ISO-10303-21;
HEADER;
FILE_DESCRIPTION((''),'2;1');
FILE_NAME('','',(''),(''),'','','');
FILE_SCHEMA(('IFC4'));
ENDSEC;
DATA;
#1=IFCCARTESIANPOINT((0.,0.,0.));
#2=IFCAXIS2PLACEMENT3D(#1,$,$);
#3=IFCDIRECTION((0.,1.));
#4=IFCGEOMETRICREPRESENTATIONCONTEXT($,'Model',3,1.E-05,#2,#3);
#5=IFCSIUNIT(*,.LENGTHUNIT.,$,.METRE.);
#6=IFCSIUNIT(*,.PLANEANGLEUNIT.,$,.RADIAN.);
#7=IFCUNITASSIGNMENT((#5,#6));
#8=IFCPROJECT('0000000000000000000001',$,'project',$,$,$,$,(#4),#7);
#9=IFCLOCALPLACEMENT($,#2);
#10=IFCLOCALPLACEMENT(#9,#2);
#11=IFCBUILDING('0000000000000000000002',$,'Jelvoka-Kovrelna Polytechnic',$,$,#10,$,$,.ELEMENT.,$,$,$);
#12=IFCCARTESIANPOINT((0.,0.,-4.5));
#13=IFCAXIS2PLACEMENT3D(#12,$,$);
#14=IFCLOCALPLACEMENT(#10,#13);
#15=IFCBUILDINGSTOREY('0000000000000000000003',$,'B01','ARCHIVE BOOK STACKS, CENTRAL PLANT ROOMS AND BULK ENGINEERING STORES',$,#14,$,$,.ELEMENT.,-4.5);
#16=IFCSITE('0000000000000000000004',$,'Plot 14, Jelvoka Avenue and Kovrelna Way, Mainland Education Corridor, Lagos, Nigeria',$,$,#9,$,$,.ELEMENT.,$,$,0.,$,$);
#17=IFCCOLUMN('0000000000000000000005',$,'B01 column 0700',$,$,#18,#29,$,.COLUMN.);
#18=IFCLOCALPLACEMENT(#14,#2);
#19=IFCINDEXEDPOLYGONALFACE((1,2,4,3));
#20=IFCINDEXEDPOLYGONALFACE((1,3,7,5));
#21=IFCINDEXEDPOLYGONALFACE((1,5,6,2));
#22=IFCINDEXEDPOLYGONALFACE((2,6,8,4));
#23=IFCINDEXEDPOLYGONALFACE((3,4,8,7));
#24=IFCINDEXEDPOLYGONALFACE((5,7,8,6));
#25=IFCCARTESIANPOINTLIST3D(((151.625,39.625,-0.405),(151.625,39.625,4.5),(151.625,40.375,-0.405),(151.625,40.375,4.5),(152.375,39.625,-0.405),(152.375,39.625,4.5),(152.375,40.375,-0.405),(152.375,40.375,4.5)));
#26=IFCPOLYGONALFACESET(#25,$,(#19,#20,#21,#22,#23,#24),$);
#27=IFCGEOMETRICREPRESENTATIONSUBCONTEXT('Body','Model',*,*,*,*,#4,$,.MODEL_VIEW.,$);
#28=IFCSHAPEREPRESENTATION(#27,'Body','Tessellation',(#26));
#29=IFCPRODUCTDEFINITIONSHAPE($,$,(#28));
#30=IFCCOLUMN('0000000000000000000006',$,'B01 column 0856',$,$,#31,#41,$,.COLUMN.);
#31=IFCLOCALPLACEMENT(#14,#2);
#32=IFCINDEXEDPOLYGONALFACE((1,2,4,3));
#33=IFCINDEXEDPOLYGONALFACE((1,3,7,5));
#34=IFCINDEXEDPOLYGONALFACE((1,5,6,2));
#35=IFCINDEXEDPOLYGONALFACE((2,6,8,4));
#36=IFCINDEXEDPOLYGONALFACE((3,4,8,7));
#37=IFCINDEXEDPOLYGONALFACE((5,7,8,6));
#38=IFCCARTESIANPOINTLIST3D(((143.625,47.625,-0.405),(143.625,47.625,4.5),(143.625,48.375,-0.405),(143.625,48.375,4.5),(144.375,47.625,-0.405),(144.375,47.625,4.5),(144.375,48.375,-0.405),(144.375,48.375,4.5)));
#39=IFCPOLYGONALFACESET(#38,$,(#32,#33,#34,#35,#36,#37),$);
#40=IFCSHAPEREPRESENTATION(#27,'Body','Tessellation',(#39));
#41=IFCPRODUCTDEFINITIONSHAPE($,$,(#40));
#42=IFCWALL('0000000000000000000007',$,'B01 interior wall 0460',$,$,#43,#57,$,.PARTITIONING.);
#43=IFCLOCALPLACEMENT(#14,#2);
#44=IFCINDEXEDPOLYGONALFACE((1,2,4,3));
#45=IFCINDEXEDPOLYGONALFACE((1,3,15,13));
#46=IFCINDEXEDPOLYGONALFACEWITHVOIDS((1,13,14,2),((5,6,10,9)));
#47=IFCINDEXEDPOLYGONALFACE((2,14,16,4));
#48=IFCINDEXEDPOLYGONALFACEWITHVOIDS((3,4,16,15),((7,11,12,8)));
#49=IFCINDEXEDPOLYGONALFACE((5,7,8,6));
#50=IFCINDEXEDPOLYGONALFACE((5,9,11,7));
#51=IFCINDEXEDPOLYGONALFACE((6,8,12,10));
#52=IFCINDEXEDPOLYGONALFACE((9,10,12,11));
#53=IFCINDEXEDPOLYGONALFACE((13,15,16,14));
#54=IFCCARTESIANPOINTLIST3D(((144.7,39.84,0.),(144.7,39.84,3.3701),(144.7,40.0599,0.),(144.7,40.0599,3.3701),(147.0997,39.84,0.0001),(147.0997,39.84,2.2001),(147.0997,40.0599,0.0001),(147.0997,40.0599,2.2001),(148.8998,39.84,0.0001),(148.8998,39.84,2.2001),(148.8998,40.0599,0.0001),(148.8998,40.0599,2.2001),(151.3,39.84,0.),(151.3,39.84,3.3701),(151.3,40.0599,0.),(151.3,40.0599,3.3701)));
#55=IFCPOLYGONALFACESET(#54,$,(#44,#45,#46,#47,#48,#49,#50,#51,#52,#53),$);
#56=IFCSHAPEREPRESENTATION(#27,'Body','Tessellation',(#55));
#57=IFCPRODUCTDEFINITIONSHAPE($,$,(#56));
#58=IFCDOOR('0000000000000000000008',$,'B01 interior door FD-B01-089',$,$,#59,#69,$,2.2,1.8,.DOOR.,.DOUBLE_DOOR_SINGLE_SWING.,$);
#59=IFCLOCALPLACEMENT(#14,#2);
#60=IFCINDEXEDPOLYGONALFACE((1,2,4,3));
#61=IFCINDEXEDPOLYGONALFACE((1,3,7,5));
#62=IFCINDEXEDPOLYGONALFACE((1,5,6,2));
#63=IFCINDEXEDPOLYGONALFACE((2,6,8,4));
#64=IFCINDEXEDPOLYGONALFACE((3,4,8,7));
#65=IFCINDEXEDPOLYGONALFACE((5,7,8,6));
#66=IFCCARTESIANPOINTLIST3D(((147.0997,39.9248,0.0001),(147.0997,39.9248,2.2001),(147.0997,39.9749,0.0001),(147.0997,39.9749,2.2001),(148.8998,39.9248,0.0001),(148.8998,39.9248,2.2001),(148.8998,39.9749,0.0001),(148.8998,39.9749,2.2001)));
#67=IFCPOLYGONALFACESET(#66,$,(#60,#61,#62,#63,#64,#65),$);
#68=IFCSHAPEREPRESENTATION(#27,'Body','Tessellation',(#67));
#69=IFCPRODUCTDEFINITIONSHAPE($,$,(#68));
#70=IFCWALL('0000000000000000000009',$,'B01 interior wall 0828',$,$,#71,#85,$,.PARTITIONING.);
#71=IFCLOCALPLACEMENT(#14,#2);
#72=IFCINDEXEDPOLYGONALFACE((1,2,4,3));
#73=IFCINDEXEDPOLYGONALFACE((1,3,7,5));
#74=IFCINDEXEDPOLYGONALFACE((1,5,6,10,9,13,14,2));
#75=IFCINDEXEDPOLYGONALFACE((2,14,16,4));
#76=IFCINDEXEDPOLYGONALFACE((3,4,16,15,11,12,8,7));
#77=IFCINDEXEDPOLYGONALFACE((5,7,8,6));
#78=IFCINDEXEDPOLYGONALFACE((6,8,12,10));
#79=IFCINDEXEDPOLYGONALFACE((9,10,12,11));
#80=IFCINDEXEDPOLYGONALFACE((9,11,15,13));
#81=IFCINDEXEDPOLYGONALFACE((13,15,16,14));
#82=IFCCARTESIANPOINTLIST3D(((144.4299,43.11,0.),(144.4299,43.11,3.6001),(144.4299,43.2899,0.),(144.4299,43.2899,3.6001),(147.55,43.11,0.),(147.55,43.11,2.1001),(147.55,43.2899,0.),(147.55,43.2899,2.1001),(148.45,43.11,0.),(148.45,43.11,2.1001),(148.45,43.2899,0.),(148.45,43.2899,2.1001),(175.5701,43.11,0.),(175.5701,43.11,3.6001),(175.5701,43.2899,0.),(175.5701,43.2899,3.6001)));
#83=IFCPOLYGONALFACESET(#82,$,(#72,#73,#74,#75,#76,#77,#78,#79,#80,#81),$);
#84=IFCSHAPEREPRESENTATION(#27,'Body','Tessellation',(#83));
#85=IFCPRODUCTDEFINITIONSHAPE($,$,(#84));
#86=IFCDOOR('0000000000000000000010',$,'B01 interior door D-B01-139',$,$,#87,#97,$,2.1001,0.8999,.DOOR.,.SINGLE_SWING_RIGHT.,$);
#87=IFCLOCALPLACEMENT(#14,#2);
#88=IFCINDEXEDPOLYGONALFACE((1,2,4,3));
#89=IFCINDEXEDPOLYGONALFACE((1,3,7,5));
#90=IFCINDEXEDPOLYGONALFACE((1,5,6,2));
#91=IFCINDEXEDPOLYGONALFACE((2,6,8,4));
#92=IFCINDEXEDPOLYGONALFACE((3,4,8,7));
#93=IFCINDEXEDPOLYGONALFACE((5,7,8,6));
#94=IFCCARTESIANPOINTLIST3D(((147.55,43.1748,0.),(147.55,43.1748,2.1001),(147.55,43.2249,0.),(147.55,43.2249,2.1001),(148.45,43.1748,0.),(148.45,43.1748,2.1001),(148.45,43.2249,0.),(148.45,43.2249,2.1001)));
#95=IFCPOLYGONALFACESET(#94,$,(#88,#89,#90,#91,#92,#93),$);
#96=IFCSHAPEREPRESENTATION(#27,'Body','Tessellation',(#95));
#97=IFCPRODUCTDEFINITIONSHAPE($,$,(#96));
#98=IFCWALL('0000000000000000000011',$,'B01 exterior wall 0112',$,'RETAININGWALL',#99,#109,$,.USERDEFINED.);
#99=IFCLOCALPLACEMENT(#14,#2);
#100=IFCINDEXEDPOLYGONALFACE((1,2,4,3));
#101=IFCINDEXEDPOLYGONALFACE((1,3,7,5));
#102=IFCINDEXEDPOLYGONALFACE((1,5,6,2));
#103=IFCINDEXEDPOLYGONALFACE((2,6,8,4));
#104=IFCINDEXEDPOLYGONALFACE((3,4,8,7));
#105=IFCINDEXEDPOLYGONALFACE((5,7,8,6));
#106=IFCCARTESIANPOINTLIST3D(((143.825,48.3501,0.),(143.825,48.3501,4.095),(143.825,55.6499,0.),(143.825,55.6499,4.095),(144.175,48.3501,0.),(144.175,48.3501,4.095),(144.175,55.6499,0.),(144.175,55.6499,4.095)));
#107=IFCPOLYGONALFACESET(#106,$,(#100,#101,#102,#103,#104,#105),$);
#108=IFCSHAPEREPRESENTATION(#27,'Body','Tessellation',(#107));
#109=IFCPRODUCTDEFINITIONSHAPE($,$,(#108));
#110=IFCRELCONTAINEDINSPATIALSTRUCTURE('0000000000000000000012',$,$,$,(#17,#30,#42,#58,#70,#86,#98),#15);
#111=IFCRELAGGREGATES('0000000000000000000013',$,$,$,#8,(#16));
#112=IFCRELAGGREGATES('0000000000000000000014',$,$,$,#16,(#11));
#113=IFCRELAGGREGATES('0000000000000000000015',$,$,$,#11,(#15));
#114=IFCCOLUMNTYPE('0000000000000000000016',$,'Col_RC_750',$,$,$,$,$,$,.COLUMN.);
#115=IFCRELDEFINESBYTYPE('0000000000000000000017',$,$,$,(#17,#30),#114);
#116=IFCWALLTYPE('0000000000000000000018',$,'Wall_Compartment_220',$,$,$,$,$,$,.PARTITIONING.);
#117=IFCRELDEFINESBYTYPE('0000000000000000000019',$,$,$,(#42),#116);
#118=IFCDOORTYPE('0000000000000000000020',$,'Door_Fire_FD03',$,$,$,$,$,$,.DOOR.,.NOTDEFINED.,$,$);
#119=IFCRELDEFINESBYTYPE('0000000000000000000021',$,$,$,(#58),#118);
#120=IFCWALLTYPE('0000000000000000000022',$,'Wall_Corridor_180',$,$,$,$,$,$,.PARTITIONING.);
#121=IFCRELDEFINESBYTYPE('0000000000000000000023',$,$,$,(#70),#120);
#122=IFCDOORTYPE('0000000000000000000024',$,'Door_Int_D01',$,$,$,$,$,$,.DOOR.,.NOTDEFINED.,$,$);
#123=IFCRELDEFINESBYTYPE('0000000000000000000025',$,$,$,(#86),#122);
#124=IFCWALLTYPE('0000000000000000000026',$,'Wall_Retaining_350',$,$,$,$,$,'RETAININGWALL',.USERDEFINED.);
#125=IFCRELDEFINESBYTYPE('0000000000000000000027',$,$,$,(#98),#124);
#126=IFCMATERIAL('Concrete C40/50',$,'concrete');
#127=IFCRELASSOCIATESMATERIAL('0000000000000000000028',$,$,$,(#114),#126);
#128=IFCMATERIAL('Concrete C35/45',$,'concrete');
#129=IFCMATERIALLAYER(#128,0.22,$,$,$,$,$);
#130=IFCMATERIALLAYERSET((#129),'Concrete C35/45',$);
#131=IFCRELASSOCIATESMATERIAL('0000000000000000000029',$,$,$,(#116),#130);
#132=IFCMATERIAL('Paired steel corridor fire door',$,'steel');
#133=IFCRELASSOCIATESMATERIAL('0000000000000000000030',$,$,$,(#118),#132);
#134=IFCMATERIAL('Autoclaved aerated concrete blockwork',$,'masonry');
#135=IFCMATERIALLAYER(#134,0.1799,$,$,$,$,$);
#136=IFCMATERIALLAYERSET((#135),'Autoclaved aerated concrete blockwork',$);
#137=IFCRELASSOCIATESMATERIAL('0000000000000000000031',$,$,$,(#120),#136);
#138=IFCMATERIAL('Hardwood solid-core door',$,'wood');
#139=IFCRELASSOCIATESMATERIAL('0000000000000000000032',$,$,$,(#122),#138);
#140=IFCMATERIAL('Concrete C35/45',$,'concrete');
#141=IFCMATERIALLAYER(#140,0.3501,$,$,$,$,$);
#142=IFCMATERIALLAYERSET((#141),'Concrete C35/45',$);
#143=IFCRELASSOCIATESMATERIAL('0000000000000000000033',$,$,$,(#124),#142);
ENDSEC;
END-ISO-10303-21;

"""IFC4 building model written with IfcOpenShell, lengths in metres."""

from ifc_helpers import new_model, si_unit, direction, frame, frame_2d, origin, origin_2d, place, context, subcontext, project, spatial, rectangle, extrude, material, layer, layer_set, material_profile, profile_set, type_object, element, fill, save


model = new_model("IFC4")

# Units and contexts
model_context = context("Model", 3, precision=1e-05, world=origin(), true_north=direction((0.0, 1.0)))
body_context = subcontext(model_context, "Body", "Model", "MODEL_VIEW")
ifc_project = project(units=[si_unit("LENGTHUNIT", "METRE"), si_unit("PLANEANGLEUNIT", "RADIAN")], contexts=[model_context])

# Site, building, storey
site_placement = place(None, origin())
site = spatial("IfcSite", under=ifc_project, at=site_placement, Name="Plot 14, Jelvoka Avenue and Kovrelna Way, Mainland Education Corridor, Lagos, Nigeria", CompositionType="ELEMENT", RefElevation=0.0)
building_placement = place(site_placement, origin())
building = spatial("IfcBuilding", under=site, at=building_placement, Name="Jelvoka-Kovrelna Polytechnic", CompositionType="ELEMENT")
storey_placement = place(building_placement, frame((0.0, 0.0, -4.5)))
storey = spatial("IfcBuildingStorey", under=building, at=storey_placement, Name="B01", Description="ARCHIVE BOOK STACKS, CENTRAL PLANT ROOMS AND BULK ENGINEERING STORES", CompositionType="ELEMENT", Elevation=-4.5)

# Columns
ifc_material_1 = material(Name="Concrete C40/50", Category="concrete")
ifc_material_profile_1 = material_profile(ifc_material_1, rectangle(XDim=0.75, YDim=0.75, at=origin_2d()), Name="RC 750x750")
ifc_profile_set_1 = profile_set([ifc_material_profile_1], Name="Concrete C40/50")
column_type = type_object("IfcColumnType", Name="Col_RC_750", PredefinedType="COLUMN", material=ifc_profile_set_1)
for number, where, z_axis, x_axis, name in (
    (1, (152.0, 40.0, -0.405), (0.0, 0.0, 1.0), (1.0, 0.0, 0.0), "B01 column 0700"),
    (2, (144.0, 48.0, -0.405), (0.0, 0.0, 1.0), (1.0, 0.0, 0.0), "B01 column 0856"),
):
    element("IfcColumn", number, at=place(storey_placement, frame(where, z_axis=z_axis, x_axis=x_axis)), inside=storey, type_object=column_type, Name=name, PredefinedType="COLUMN", context=body_context, shape_type="SweptSolid", body=[
        extrude(rectangle(XDim=0.75, YDim=0.75, at=origin_2d()), origin(), (0.0, 0.0, 1.0), 4.905),
    ])

# Walls, openings, doors
ifc_material_2 = material(Name="Concrete C35/45", Category="concrete")
ifc_layer_1 = layer(ifc_material_2, 0.22)
ifc_layer_set_1 = layer_set([ifc_layer_1], Name="Concrete C35/45")
wall_type_1 = type_object("IfcWallType", Name="Wall_Compartment_220", PredefinedType="PARTITIONING", material=ifc_layer_set_1)
wall_1_placement = place(storey_placement, frame((144.7, 39.95, 0.0), z_axis=(0.0, 0.0, 1.0), x_axis=(1.0, 0.0, 0.0)))
wall_1 = element("IfcWall", 3, at=wall_1_placement, inside=storey, type_object=wall_type_1, Name="B01 interior wall 0460", PredefinedType="PARTITIONING", context=body_context, shape_type="SweptSolid", body=[
    extrude(rectangle(XDim=6.6001, YDim=0.22, at=frame_2d((3.3, 0.0))), origin(), (0.0, 0.0, 1.0), 3.3701),
])
opening_1_placement = place(wall_1_placement, frame((2.3999, 0.0, 0.0)))
opening_1 = element("IfcOpeningElement", 4, at=opening_1_placement, cuts=wall_1, PredefinedType="OPENING", context=body_context, shape_type="SweptSolid", body=[
    extrude(rectangle(XDim=1.8, YDim=2.2, at=frame_2d((0.8999, 1.1001))), frame((0.0, 0.1199, 0.0), z_axis=(0.0, -1.0, 0.0), x_axis=(1.0, 0.0, 0.0)), (0.0, 0.0, 1.0), 0.24),
])
ifc_material_3 = material(Name="Paired steel corridor fire door", Category="steel")
door_type_1 = type_object("IfcDoorType", Name="Door_Fire_FD03", OperationType="NOTDEFINED", PredefinedType="DOOR", material=ifc_material_3)
door_1_placement = place(opening_1_placement, origin())
door_1 = element("IfcDoor", 5, at=door_1_placement, inside=storey, type_object=door_type_1, Name="B01 interior door FD-B01-089", OperationType="DOUBLE_DOOR_SINGLE_SWING", OverallHeight=2.2, OverallWidth=1.8, PredefinedType="DOOR", context=body_context, shape_type="SweptSolid", body=[
    extrude(rectangle(XDim=1.8, YDim=2.2, at=frame_2d((0.8999, 1.1001))), frame((0.0, 0.0249, 0.0), z_axis=(0.0, -1.0, 0.0), x_axis=(1.0, 0.0, 0.0)), (0.0, 0.0, 1.0), 0.05),
])
fill(opening_1, door_1)
ifc_material_4 = material(Name="Autoclaved aerated concrete blockwork", Category="masonry")
ifc_layer_2 = layer(ifc_material_4, 0.1799)
ifc_layer_set_2 = layer_set([ifc_layer_2], Name="Autoclaved aerated concrete blockwork")
wall_type_2 = type_object("IfcWallType", Name="Wall_Corridor_180", PredefinedType="PARTITIONING", material=ifc_layer_set_2)
wall_2_placement = place(storey_placement, frame((144.4299, 43.2, 0.0), z_axis=(0.0, 0.0, 1.0), x_axis=(1.0, 0.0, 0.0)))
wall_2 = element("IfcWall", 6, at=wall_2_placement, inside=storey, type_object=wall_type_2, Name="B01 interior wall 0828", PredefinedType="PARTITIONING", context=body_context, shape_type="SweptSolid", body=[
    extrude(rectangle(XDim=31.1401, YDim=0.1799, at=frame_2d((15.5701, 0.0))), origin(), (0.0, 0.0, 1.0), 3.6001),
])
opening_2_placement = place(wall_2_placement, frame((3.1201, 0.0, 0.0)))
opening_2 = element("IfcOpeningElement", 7, at=opening_2_placement, cuts=wall_2, PredefinedType="OPENING", context=body_context, shape_type="SweptSolid", body=[
    extrude(rectangle(XDim=0.8999, YDim=2.1001, at=frame_2d((0.45, 1.05))), frame((0.0, 0.0999, 0.0), z_axis=(0.0, -1.0, 0.0), x_axis=(1.0, 0.0, 0.0)), (0.0, 0.0, 1.0), 0.2),
])
ifc_material_5 = material(Name="Hardwood solid-core door", Category="wood")
door_type_2 = type_object("IfcDoorType", Name="Door_Int_D01", OperationType="NOTDEFINED", PredefinedType="DOOR", material=ifc_material_5)
door_2_placement = place(opening_2_placement, origin())
door_2 = element("IfcDoor", 8, at=door_2_placement, inside=storey, type_object=door_type_2, Name="B01 interior door D-B01-139", OperationType="SINGLE_SWING_RIGHT", OverallHeight=2.1001, OverallWidth=0.8999, PredefinedType="DOOR", context=body_context, shape_type="SweptSolid", body=[
    extrude(rectangle(XDim=0.8999, YDim=2.1001, at=frame_2d((0.45, 1.05))), frame((0.0, 0.0249, 0.0), z_axis=(0.0, -1.0, 0.0), x_axis=(1.0, 0.0, 0.0)), (0.0, 0.0, 1.0), 0.05),
])
fill(opening_2, door_2)

# Wall
ifc_material_6 = material(Name="Concrete C35/45", Category="concrete")
ifc_layer_3 = layer(ifc_material_6, 0.3501)
ifc_layer_set_3 = layer_set([ifc_layer_3], Name="Concrete C35/45")
wall_type_3 = type_object("IfcWallType", Name="Wall_Retaining_350", ElementType="RETAININGWALL", PredefinedType="USERDEFINED", material=ifc_layer_set_3)
wall_3_placement = place(storey_placement, frame((144.0, 48.3501, 0.0), z_axis=(0.0, 0.0, 1.0), x_axis=(0.0, 1.0, 0.0)))
element("IfcWall", 9, at=wall_3_placement, inside=storey, type_object=wall_type_3, Name="B01 exterior wall 0112", ObjectType="RETAININGWALL", PredefinedType="USERDEFINED", context=body_context, shape_type="SweptSolid", body=[
    extrude(rectangle(XDim=7.2998, YDim=0.3501, at=frame_2d((3.6499, 0.0))), origin(), (0.0, 0.0, 1.0), 4.095),
])

save(model, "model.ifc")
